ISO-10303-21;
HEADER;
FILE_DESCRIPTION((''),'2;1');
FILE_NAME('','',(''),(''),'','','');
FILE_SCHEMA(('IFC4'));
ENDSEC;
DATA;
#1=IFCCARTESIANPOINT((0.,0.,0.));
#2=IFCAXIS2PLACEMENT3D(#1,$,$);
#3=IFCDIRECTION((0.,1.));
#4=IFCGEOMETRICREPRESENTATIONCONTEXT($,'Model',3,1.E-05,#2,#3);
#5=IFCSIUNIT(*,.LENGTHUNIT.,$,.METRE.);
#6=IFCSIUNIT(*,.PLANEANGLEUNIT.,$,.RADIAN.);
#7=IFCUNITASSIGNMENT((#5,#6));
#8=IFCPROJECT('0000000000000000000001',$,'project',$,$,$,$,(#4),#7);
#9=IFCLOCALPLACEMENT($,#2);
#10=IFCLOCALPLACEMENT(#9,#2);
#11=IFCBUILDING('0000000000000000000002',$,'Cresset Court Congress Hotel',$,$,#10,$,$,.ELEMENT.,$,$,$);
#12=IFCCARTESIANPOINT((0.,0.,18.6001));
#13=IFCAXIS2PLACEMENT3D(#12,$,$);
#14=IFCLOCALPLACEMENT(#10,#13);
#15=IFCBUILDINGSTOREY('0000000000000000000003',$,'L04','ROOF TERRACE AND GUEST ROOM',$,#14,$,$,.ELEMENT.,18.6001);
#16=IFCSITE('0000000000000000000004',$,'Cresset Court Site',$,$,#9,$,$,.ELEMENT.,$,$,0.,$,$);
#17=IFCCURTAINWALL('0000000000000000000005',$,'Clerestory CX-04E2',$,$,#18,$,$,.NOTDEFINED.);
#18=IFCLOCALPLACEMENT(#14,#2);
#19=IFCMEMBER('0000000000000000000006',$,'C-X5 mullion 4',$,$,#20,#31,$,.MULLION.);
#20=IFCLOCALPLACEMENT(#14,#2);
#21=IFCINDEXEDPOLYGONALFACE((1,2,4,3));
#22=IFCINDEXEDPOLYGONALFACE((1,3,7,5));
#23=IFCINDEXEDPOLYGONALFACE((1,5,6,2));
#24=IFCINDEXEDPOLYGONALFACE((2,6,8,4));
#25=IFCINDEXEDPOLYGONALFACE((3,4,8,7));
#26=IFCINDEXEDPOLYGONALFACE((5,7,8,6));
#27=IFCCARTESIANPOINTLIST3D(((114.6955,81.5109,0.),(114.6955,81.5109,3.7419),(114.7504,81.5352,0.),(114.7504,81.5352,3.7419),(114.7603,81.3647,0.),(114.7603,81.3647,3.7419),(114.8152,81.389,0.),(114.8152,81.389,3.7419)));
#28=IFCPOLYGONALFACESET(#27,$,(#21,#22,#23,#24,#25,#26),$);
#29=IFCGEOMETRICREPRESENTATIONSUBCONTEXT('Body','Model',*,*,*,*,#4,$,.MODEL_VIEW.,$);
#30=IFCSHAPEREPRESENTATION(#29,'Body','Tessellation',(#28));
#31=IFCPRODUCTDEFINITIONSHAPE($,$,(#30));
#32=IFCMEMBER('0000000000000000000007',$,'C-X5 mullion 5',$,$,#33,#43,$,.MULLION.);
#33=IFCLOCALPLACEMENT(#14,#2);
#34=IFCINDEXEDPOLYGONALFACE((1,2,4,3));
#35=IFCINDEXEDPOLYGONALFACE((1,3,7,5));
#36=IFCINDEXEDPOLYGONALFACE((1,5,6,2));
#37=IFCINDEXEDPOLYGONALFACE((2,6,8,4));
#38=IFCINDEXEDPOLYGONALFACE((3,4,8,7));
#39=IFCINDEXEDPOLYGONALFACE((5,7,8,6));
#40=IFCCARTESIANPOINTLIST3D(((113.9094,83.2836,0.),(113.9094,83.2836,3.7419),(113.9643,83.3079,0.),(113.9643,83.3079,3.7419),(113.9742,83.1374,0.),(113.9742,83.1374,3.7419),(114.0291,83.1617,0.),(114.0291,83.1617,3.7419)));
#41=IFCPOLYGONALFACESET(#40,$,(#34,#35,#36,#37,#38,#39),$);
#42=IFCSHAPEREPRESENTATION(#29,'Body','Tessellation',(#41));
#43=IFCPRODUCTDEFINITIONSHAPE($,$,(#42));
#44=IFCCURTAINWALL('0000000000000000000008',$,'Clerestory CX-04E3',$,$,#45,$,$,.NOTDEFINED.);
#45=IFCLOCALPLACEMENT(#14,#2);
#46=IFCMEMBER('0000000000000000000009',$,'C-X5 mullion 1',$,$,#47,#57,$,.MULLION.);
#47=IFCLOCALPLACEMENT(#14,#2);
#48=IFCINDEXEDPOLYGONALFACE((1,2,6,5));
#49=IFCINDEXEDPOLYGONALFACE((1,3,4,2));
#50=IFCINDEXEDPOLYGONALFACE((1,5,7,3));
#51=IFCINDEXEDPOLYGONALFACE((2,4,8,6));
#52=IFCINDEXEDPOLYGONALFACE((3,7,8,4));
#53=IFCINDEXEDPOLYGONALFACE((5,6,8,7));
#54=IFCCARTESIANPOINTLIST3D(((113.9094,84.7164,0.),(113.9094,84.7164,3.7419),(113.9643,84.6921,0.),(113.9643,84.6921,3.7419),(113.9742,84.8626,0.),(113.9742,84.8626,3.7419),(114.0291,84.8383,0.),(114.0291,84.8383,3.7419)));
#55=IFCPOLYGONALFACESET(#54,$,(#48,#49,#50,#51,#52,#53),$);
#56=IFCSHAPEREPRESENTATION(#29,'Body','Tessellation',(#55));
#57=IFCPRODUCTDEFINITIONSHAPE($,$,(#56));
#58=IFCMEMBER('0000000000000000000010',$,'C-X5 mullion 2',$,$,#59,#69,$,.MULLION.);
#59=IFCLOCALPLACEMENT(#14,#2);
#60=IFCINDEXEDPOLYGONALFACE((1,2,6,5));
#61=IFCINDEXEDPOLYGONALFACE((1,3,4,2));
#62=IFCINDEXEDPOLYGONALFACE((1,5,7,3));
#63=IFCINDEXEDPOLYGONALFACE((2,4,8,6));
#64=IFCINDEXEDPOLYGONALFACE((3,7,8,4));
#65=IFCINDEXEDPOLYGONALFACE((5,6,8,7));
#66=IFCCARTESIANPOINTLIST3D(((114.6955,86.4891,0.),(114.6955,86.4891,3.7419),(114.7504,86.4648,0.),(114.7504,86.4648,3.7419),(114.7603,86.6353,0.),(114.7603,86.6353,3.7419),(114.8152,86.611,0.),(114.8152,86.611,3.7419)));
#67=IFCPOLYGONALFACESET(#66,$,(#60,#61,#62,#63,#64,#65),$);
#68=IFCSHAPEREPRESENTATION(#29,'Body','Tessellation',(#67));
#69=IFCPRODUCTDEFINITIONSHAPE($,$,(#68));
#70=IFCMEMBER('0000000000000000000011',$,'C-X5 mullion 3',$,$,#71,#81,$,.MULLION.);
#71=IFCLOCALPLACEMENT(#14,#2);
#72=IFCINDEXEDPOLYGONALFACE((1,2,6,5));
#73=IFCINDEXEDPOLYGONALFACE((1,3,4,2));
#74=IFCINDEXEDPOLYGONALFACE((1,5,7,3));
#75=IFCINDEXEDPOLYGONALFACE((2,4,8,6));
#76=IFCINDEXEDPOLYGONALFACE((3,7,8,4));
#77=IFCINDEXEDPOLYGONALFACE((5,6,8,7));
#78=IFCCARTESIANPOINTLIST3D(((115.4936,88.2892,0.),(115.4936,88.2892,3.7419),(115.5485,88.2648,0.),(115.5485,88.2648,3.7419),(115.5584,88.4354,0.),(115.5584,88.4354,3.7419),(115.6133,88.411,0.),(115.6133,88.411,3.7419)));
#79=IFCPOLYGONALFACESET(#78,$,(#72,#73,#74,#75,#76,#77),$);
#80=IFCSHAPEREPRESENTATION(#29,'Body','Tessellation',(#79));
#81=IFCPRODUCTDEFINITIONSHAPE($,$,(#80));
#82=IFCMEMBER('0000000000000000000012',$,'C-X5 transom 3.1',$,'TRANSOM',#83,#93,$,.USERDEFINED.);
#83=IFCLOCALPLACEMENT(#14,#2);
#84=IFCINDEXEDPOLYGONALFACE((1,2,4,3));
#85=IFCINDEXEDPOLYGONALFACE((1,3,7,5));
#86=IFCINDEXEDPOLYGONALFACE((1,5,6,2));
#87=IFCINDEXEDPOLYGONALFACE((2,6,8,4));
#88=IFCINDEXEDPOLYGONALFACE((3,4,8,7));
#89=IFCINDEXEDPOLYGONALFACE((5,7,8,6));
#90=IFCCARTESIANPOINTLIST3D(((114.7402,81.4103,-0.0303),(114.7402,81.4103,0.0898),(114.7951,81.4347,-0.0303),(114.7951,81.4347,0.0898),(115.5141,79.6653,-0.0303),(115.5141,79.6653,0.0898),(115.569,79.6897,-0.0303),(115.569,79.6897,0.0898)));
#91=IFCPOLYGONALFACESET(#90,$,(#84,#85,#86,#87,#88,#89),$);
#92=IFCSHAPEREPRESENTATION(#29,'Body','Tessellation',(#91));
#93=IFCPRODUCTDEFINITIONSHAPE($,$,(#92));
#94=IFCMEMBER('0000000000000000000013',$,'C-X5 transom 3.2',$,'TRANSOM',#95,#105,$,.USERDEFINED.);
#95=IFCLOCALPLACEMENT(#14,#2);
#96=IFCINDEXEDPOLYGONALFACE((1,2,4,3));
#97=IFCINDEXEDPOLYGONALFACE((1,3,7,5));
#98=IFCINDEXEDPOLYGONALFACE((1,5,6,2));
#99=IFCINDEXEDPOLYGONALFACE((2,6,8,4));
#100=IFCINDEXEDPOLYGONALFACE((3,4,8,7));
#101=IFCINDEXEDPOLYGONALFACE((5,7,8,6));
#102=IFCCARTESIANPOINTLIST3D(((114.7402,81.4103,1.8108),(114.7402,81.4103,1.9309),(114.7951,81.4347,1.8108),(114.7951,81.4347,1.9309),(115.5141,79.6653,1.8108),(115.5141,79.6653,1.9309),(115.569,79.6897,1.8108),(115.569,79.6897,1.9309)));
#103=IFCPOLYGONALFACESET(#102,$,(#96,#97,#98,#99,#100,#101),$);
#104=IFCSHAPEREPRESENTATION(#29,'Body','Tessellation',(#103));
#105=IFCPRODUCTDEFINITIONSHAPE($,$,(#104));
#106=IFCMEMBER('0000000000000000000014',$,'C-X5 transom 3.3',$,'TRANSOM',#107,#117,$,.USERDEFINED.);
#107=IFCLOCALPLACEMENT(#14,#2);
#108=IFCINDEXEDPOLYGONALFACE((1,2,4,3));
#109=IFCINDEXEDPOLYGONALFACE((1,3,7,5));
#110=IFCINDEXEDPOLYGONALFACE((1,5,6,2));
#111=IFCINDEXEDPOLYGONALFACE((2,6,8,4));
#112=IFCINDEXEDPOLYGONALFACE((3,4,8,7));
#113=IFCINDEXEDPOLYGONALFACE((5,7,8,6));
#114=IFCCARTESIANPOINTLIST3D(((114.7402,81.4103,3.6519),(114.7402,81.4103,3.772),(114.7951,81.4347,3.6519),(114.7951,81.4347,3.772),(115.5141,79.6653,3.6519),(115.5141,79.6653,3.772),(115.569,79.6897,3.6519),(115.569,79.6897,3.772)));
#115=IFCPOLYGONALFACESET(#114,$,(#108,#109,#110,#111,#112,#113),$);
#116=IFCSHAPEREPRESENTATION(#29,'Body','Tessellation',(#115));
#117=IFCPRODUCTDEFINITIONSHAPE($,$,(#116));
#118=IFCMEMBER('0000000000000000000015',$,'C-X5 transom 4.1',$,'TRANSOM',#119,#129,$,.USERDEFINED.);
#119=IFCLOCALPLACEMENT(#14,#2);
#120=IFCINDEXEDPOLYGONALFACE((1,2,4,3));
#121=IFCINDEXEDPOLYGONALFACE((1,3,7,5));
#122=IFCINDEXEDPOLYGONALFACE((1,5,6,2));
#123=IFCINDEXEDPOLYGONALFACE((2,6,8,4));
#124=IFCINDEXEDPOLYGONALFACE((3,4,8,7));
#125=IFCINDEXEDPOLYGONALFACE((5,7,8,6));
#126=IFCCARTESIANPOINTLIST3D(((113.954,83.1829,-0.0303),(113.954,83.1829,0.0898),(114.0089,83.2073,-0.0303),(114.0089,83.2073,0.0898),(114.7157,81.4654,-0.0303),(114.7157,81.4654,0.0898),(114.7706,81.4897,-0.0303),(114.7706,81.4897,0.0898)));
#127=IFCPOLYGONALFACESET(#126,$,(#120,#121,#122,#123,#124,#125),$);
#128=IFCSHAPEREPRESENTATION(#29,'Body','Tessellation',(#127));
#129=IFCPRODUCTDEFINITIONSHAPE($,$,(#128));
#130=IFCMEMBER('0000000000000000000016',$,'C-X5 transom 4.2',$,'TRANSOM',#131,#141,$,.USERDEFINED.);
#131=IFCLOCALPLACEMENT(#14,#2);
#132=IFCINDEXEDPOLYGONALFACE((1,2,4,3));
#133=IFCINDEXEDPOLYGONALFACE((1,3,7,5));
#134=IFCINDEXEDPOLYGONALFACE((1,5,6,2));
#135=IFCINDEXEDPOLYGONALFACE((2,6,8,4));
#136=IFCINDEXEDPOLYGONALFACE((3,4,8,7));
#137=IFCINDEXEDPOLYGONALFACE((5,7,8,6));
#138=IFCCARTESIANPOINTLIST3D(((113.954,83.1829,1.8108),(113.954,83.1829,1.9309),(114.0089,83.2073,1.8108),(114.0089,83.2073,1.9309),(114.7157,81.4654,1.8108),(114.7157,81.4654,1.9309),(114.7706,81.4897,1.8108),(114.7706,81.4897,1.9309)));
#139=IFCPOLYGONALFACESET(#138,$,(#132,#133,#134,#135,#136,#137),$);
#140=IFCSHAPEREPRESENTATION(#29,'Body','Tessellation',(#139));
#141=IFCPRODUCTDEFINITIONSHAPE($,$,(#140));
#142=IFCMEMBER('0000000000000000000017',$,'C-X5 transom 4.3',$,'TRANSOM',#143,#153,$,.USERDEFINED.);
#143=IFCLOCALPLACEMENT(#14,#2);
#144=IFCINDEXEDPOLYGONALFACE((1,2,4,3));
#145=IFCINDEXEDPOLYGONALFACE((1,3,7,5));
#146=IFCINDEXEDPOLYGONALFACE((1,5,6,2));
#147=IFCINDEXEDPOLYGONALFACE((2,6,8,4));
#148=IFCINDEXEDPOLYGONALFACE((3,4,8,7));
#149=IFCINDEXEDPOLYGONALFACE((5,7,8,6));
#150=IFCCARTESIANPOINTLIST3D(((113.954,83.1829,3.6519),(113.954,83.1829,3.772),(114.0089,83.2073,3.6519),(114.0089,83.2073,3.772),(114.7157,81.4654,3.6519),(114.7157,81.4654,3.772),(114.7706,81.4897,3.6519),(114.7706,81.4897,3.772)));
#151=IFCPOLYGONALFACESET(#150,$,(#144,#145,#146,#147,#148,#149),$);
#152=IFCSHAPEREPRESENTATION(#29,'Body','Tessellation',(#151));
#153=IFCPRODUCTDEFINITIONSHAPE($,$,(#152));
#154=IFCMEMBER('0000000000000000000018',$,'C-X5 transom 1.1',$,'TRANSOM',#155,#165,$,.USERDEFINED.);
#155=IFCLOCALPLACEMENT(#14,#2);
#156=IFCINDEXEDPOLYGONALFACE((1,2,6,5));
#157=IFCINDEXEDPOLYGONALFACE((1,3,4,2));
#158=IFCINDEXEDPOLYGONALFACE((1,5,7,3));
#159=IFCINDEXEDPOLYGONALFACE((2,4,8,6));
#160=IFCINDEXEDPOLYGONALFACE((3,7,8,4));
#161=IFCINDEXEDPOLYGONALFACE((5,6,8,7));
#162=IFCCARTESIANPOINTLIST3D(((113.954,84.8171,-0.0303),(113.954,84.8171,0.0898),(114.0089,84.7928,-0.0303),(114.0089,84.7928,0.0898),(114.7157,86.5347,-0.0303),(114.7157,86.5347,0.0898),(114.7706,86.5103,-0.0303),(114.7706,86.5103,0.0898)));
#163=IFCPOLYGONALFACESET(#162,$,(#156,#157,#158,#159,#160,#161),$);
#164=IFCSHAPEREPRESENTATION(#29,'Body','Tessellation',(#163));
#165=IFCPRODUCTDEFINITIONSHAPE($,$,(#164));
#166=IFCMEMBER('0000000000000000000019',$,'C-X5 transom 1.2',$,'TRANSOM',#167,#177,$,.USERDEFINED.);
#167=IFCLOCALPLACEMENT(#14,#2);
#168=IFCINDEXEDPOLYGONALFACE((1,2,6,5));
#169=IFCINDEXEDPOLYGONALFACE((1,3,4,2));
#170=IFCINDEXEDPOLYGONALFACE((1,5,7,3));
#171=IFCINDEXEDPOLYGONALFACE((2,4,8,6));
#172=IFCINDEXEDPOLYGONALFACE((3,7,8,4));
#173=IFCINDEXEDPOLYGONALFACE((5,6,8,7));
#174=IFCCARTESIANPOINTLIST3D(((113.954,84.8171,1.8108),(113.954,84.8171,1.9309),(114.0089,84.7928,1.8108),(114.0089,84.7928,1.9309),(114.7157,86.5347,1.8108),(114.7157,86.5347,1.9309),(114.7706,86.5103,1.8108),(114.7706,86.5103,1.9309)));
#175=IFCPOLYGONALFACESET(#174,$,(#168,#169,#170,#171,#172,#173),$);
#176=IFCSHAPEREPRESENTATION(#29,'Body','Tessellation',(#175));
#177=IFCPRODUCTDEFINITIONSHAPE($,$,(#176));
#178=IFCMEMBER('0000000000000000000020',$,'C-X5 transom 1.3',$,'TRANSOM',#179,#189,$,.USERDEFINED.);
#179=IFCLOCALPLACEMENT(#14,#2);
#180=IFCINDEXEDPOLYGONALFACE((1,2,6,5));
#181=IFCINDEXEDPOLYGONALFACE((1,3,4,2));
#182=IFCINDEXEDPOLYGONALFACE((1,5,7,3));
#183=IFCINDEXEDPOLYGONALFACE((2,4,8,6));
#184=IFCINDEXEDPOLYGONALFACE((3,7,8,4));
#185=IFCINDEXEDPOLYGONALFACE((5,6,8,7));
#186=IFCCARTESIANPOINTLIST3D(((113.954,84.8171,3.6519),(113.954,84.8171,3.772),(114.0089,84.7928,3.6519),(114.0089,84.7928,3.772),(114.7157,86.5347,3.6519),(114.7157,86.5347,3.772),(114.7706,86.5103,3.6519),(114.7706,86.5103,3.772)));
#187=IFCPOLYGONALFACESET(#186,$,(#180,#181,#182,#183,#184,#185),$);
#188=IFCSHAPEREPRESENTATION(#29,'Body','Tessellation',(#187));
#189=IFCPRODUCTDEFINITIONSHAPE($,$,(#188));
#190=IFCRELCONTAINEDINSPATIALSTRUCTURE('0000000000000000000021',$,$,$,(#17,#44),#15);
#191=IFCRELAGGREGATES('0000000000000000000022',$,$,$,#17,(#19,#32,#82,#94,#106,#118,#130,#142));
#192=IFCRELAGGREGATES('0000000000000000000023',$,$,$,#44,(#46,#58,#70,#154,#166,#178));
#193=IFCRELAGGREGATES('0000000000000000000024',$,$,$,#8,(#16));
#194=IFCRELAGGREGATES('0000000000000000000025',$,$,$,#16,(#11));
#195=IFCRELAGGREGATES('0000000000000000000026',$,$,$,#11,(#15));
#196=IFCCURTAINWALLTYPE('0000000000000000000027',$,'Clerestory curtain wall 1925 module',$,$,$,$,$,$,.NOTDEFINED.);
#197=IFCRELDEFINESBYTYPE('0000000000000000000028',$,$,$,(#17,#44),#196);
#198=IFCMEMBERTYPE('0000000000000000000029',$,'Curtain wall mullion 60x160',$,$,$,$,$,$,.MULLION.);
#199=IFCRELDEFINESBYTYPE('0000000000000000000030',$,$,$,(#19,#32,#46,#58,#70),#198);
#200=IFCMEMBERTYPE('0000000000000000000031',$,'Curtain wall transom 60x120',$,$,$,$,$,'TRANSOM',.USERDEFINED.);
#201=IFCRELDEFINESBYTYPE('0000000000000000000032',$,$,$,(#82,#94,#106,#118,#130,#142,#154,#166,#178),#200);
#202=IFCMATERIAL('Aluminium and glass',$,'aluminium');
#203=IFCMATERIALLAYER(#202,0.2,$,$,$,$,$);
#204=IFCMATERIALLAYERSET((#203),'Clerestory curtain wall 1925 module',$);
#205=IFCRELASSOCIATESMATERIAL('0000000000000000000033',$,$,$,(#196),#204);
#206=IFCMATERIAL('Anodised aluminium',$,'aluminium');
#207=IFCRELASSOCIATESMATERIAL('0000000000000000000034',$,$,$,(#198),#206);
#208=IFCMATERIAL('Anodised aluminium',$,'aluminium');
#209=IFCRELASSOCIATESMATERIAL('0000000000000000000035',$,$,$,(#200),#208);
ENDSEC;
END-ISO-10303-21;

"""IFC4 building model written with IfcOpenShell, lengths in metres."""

from ifc_helpers import new_model, si_unit, direction, frame, origin, origin_2d, place, context, subcontext, project, spatial, rectangle, extrude, material, layer, layer_set, material_profile, profile_set, type_object, element, aggregate, save


model = new_model("IFC4")

# Units and contexts
model_context = context("Model", 3, precision=1e-05, world=origin(), true_north=direction((0.0, 1.0)))
body_context = subcontext(model_context, "Body", "Model", "MODEL_VIEW")
ifc_project = project(units=[si_unit("LENGTHUNIT", "METRE"), si_unit("PLANEANGLEUNIT", "RADIAN")], contexts=[model_context])

# Site, building, storey
site_placement = place(None, origin())
site = spatial("IfcSite", under=ifc_project, at=site_placement, Name="Cresset Court Site", CompositionType="ELEMENT", RefElevation=0.0)
building_placement = place(site_placement, origin())
building = spatial("IfcBuilding", under=site, at=building_placement, Name="Cresset Court Congress Hotel", CompositionType="ELEMENT")
storey_placement = place(building_placement, frame((0.0, 0.0, 18.6001)))
storey = spatial("IfcBuildingStorey", under=building, at=storey_placement, Name="L04", Description="ROOF TERRACE AND GUEST ROOM", CompositionType="ELEMENT", Elevation=18.6001)

# Curtain walls, members
ifc_material_1 = material(Name="Aluminium and glass", Category="aluminium")
ifc_layer_1 = layer(ifc_material_1, 0.2)
ifc_layer_set_1 = layer_set([ifc_layer_1], Name="Clerestory curtain wall 1925 module")
curtain_wall_type = type_object("IfcCurtainWallType", Name="Clerestory curtain wall 1925 module", PredefinedType="NOTDEFINED", material=ifc_layer_set_1)
curtain_wall_1_placement = place(storey_placement, origin())
curtain_wall_1 = element("IfcCurtainWall", 1, at=curtain_wall_1_placement, inside=storey, type_object=curtain_wall_type, Name="Clerestory CX-04E2", PredefinedType="NOTDEFINED")
ifc_material_2 = material(Name="Anodised aluminium", Category="aluminium")
ifc_material_profile_1 = material_profile(ifc_material_2, rectangle(XDim=0.0601, YDim=0.1599, at=origin_2d()), Name="AL60x160")
ifc_profile_set_1 = profile_set([ifc_material_profile_1], Name="Anodised aluminium")
member_type_1 = type_object("IfcMemberType", Name="Curtain wall mullion 60x160", PredefinedType="MULLION", material=ifc_profile_set_1)
member_1_placement = place(storey_placement, frame((114.7554, 81.45, 0.0), z_axis=(0.0, 0.0, 1.0), x_axis=(-0.914148, -0.405381, 0.0)))
member_1 = element("IfcMember", 2, at=member_1_placement, type_object=member_type_1, Name="C-X5 mullion 4", PredefinedType="MULLION", context=body_context, shape_type="SweptSolid", body=[
    extrude(rectangle(XDim=0.0601, YDim=0.1599, at=origin_2d()), origin(), (0.0, 0.0, 1.0), 3.7419),
])
member_2_placement = place(storey_placement, frame((113.9692, 83.2227, 0.0), z_axis=(0.0, 0.0, 1.0), x_axis=(-0.914148, -0.405381, 0.0)))
member_2 = element("IfcMember", 3, at=member_2_placement, type_object=member_type_1, Name="C-X5 mullion 5", PredefinedType="MULLION", context=body_context, shape_type="SweptSolid", body=[
    extrude(rectangle(XDim=0.0601, YDim=0.1599, at=origin_2d()), origin(), (0.0, 0.0, 1.0), 3.7419),
])
curtain_wall_2_placement = place(storey_placement, origin())
curtain_wall_2 = element("IfcCurtainWall", 4, at=curtain_wall_2_placement, inside=storey, type_object=curtain_wall_type, Name="Clerestory CX-04E3", PredefinedType="NOTDEFINED")
member_3_placement = place(storey_placement, frame((113.9692, 84.7773, 0.0), z_axis=(0.0, 0.0, 1.0), x_axis=(-0.914148, 0.405381, 0.0)))
member_3 = element("IfcMember", 5, at=member_3_placement, type_object=member_type_1, Name="C-X5 mullion 1", PredefinedType="MULLION", context=body_context, shape_type="SweptSolid", body=[
    extrude(rectangle(XDim=0.0601, YDim=0.1599, at=origin_2d()), origin(), (0.0, 0.0, 1.0), 3.7419),
])
member_4_placement = place(storey_placement, frame((114.7554, 86.55, 0.0), z_axis=(0.0, 0.0, 1.0), x_axis=(-0.914148, 0.405381, 0.0)))
member_4 = element("IfcMember", 6, at=member_4_placement, type_object=member_type_1, Name="C-X5 mullion 2", PredefinedType="MULLION", context=body_context, shape_type="SweptSolid", body=[
    extrude(rectangle(XDim=0.0601, YDim=0.1599, at=origin_2d()), origin(), (0.0, 0.0, 1.0), 3.7419),
])
member_5_placement = place(storey_placement, frame((115.5535, 88.3501, 0.0), z_axis=(0.0, 0.0, 1.0), x_axis=(-0.914148, 0.405381, 0.0)))
member_5 = element("IfcMember", 7, at=member_5_placement, type_object=member_type_1, Name="C-X5 mullion 3", PredefinedType="MULLION", context=body_context, shape_type="SweptSolid", body=[
    extrude(rectangle(XDim=0.0601, YDim=0.1599, at=origin_2d()), origin(), (0.0, 0.0, 1.0), 3.7419),
])

# Members
ifc_material_3 = material(Name="Anodised aluminium", Category="aluminium")
ifc_material_profile_2 = material_profile(ifc_material_3, rectangle(XDim=0.0601, YDim=0.1201, at=origin_2d()), Name="AL60x120")
ifc_profile_set_2 = profile_set([ifc_material_profile_2], Name="Anodised aluminium")
member_type_2 = type_object("IfcMemberType", Name="Curtain wall transom 60x120", ElementType="TRANSOM", PredefinedType="USERDEFINED", material=ifc_profile_set_2)
member_6_placement = place(storey_placement, frame((115.5415, 79.6775, 0.0298), z_axis=(-0.405403, 0.914138, 0.0), x_axis=(-0.914138, -0.405403, 0.0)))
member_6 = element("IfcMember", 8, at=member_6_placement, type_object=member_type_2, Name="C-X5 transom 3.1", ObjectType="TRANSOM", PredefinedType="USERDEFINED", context=body_context, shape_type="SweptSolid", body=[
    extrude(rectangle(XDim=0.0601, YDim=0.1201, at=origin_2d()), origin(), (0.0, 0.0, 1.0), 1.9089),
])
member_7_placement = place(storey_placement, frame((115.5415, 79.6775, 1.8708), z_axis=(-0.405403, 0.914138, 0.0), x_axis=(-0.914138, -0.405403, 0.0)))
member_7 = element("IfcMember", 9, at=member_7_placement, type_object=member_type_2, Name="C-X5 transom 3.2", ObjectType="TRANSOM", PredefinedType="USERDEFINED", context=body_context, shape_type="SweptSolid", body=[
    extrude(rectangle(XDim=0.0601, YDim=0.1201, at=origin_2d()), origin(), (0.0, 0.0, 1.0), 1.9089),
])
member_8_placement = place(storey_placement, frame((115.5415, 79.6775, 3.7119), z_axis=(-0.405403, 0.914138, 0.0), x_axis=(-0.914138, -0.405403, 0.0)))
member_8 = element("IfcMember", 10, at=member_8_placement, type_object=member_type_2, Name="C-X5 transom 3.3", ObjectType="TRANSOM", PredefinedType="USERDEFINED", context=body_context, shape_type="SweptSolid", body=[
    extrude(rectangle(XDim=0.0601, YDim=0.1201, at=origin_2d()), origin(), (0.0, 0.0, 1.0), 1.9089),
])
member_9_placement = place(storey_placement, frame((114.7432, 81.4775, 0.0298), z_axis=(-0.405415, 0.914133, 0.0), x_axis=(-0.914133, -0.405415, 0.0)))
member_9 = element("IfcMember", 11, at=member_9_placement, type_object=member_type_2, Name="C-X5 transom 4.1", ObjectType="TRANSOM", PredefinedType="USERDEFINED", context=body_context, shape_type="SweptSolid", body=[
    extrude(rectangle(XDim=0.0601, YDim=0.1201, at=origin_2d()), origin(), (0.0, 0.0, 1.0), 1.8789),
])
member_10_placement = place(storey_placement, frame((114.7432, 81.4775, 1.8708), z_axis=(-0.405415, 0.914133, 0.0), x_axis=(-0.914133, -0.405415, 0.0)))
member_10 = element("IfcMember", 12, at=member_10_placement, type_object=member_type_2, Name="C-X5 transom 4.2", ObjectType="TRANSOM", PredefinedType="USERDEFINED", context=body_context, shape_type="SweptSolid", body=[
    extrude(rectangle(XDim=0.0601, YDim=0.1201, at=origin_2d()), origin(), (0.0, 0.0, 1.0), 1.8789),
])
member_11_placement = place(storey_placement, frame((114.7432, 81.4775, 3.7119), z_axis=(-0.405415, 0.914133, 0.0), x_axis=(-0.914133, -0.405415, 0.0)))
member_11 = element("IfcMember", 13, at=member_11_placement, type_object=member_type_2, Name="C-X5 transom 4.3", ObjectType="TRANSOM", PredefinedType="USERDEFINED", context=body_context, shape_type="SweptSolid", body=[
    extrude(rectangle(XDim=0.0601, YDim=0.1201, at=origin_2d()), origin(), (0.0, 0.0, 1.0), 1.8789),
])
member_12_placement = place(storey_placement, frame((113.9814, 84.8049, 0.0298), z_axis=(0.405415, 0.914133, 0.0), x_axis=(-0.914133, 0.405415, 0.0)))
member_12 = element("IfcMember", 14, at=member_12_placement, type_object=member_type_2, Name="C-X5 transom 1.1", ObjectType="TRANSOM", PredefinedType="USERDEFINED", context=body_context, shape_type="SweptSolid", body=[
    extrude(rectangle(XDim=0.0601, YDim=0.1201, at=origin_2d()), origin(), (0.0, 0.0, 1.0), 1.8789),
])
member_13_placement = place(storey_placement, frame((113.9814, 84.8049, 1.8708), z_axis=(0.405415, 0.914133, 0.0), x_axis=(-0.914133, 0.405415, 0.0)))
member_13 = element("IfcMember", 15, at=member_13_placement, type_object=member_type_2, Name="C-X5 transom 1.2", ObjectType="TRANSOM", PredefinedType="USERDEFINED", context=body_context, shape_type="SweptSolid", body=[
    extrude(rectangle(XDim=0.0601, YDim=0.1201, at=origin_2d()), origin(), (0.0, 0.0, 1.0), 1.8789),
])
member_14_placement = place(storey_placement, frame((113.9814, 84.8049, 3.7119), z_axis=(0.405415, 0.914133, 0.0), x_axis=(-0.914133, 0.405415, 0.0)))
member_14 = element("IfcMember", 16, at=member_14_placement, type_object=member_type_2, Name="C-X5 transom 1.3", ObjectType="TRANSOM", PredefinedType="USERDEFINED", context=body_context, shape_type="SweptSolid", body=[
    extrude(rectangle(XDim=0.0601, YDim=0.1201, at=origin_2d()), origin(), (0.0, 0.0, 1.0), 1.8789),
])

aggregate(curtain_wall_1, [member_1, member_2, member_6, member_7, member_8, member_9, member_10, member_11])
aggregate(curtain_wall_2, [member_3, member_4, member_5, member_12, member_13, member_14])

save(model, "model.ifc")
